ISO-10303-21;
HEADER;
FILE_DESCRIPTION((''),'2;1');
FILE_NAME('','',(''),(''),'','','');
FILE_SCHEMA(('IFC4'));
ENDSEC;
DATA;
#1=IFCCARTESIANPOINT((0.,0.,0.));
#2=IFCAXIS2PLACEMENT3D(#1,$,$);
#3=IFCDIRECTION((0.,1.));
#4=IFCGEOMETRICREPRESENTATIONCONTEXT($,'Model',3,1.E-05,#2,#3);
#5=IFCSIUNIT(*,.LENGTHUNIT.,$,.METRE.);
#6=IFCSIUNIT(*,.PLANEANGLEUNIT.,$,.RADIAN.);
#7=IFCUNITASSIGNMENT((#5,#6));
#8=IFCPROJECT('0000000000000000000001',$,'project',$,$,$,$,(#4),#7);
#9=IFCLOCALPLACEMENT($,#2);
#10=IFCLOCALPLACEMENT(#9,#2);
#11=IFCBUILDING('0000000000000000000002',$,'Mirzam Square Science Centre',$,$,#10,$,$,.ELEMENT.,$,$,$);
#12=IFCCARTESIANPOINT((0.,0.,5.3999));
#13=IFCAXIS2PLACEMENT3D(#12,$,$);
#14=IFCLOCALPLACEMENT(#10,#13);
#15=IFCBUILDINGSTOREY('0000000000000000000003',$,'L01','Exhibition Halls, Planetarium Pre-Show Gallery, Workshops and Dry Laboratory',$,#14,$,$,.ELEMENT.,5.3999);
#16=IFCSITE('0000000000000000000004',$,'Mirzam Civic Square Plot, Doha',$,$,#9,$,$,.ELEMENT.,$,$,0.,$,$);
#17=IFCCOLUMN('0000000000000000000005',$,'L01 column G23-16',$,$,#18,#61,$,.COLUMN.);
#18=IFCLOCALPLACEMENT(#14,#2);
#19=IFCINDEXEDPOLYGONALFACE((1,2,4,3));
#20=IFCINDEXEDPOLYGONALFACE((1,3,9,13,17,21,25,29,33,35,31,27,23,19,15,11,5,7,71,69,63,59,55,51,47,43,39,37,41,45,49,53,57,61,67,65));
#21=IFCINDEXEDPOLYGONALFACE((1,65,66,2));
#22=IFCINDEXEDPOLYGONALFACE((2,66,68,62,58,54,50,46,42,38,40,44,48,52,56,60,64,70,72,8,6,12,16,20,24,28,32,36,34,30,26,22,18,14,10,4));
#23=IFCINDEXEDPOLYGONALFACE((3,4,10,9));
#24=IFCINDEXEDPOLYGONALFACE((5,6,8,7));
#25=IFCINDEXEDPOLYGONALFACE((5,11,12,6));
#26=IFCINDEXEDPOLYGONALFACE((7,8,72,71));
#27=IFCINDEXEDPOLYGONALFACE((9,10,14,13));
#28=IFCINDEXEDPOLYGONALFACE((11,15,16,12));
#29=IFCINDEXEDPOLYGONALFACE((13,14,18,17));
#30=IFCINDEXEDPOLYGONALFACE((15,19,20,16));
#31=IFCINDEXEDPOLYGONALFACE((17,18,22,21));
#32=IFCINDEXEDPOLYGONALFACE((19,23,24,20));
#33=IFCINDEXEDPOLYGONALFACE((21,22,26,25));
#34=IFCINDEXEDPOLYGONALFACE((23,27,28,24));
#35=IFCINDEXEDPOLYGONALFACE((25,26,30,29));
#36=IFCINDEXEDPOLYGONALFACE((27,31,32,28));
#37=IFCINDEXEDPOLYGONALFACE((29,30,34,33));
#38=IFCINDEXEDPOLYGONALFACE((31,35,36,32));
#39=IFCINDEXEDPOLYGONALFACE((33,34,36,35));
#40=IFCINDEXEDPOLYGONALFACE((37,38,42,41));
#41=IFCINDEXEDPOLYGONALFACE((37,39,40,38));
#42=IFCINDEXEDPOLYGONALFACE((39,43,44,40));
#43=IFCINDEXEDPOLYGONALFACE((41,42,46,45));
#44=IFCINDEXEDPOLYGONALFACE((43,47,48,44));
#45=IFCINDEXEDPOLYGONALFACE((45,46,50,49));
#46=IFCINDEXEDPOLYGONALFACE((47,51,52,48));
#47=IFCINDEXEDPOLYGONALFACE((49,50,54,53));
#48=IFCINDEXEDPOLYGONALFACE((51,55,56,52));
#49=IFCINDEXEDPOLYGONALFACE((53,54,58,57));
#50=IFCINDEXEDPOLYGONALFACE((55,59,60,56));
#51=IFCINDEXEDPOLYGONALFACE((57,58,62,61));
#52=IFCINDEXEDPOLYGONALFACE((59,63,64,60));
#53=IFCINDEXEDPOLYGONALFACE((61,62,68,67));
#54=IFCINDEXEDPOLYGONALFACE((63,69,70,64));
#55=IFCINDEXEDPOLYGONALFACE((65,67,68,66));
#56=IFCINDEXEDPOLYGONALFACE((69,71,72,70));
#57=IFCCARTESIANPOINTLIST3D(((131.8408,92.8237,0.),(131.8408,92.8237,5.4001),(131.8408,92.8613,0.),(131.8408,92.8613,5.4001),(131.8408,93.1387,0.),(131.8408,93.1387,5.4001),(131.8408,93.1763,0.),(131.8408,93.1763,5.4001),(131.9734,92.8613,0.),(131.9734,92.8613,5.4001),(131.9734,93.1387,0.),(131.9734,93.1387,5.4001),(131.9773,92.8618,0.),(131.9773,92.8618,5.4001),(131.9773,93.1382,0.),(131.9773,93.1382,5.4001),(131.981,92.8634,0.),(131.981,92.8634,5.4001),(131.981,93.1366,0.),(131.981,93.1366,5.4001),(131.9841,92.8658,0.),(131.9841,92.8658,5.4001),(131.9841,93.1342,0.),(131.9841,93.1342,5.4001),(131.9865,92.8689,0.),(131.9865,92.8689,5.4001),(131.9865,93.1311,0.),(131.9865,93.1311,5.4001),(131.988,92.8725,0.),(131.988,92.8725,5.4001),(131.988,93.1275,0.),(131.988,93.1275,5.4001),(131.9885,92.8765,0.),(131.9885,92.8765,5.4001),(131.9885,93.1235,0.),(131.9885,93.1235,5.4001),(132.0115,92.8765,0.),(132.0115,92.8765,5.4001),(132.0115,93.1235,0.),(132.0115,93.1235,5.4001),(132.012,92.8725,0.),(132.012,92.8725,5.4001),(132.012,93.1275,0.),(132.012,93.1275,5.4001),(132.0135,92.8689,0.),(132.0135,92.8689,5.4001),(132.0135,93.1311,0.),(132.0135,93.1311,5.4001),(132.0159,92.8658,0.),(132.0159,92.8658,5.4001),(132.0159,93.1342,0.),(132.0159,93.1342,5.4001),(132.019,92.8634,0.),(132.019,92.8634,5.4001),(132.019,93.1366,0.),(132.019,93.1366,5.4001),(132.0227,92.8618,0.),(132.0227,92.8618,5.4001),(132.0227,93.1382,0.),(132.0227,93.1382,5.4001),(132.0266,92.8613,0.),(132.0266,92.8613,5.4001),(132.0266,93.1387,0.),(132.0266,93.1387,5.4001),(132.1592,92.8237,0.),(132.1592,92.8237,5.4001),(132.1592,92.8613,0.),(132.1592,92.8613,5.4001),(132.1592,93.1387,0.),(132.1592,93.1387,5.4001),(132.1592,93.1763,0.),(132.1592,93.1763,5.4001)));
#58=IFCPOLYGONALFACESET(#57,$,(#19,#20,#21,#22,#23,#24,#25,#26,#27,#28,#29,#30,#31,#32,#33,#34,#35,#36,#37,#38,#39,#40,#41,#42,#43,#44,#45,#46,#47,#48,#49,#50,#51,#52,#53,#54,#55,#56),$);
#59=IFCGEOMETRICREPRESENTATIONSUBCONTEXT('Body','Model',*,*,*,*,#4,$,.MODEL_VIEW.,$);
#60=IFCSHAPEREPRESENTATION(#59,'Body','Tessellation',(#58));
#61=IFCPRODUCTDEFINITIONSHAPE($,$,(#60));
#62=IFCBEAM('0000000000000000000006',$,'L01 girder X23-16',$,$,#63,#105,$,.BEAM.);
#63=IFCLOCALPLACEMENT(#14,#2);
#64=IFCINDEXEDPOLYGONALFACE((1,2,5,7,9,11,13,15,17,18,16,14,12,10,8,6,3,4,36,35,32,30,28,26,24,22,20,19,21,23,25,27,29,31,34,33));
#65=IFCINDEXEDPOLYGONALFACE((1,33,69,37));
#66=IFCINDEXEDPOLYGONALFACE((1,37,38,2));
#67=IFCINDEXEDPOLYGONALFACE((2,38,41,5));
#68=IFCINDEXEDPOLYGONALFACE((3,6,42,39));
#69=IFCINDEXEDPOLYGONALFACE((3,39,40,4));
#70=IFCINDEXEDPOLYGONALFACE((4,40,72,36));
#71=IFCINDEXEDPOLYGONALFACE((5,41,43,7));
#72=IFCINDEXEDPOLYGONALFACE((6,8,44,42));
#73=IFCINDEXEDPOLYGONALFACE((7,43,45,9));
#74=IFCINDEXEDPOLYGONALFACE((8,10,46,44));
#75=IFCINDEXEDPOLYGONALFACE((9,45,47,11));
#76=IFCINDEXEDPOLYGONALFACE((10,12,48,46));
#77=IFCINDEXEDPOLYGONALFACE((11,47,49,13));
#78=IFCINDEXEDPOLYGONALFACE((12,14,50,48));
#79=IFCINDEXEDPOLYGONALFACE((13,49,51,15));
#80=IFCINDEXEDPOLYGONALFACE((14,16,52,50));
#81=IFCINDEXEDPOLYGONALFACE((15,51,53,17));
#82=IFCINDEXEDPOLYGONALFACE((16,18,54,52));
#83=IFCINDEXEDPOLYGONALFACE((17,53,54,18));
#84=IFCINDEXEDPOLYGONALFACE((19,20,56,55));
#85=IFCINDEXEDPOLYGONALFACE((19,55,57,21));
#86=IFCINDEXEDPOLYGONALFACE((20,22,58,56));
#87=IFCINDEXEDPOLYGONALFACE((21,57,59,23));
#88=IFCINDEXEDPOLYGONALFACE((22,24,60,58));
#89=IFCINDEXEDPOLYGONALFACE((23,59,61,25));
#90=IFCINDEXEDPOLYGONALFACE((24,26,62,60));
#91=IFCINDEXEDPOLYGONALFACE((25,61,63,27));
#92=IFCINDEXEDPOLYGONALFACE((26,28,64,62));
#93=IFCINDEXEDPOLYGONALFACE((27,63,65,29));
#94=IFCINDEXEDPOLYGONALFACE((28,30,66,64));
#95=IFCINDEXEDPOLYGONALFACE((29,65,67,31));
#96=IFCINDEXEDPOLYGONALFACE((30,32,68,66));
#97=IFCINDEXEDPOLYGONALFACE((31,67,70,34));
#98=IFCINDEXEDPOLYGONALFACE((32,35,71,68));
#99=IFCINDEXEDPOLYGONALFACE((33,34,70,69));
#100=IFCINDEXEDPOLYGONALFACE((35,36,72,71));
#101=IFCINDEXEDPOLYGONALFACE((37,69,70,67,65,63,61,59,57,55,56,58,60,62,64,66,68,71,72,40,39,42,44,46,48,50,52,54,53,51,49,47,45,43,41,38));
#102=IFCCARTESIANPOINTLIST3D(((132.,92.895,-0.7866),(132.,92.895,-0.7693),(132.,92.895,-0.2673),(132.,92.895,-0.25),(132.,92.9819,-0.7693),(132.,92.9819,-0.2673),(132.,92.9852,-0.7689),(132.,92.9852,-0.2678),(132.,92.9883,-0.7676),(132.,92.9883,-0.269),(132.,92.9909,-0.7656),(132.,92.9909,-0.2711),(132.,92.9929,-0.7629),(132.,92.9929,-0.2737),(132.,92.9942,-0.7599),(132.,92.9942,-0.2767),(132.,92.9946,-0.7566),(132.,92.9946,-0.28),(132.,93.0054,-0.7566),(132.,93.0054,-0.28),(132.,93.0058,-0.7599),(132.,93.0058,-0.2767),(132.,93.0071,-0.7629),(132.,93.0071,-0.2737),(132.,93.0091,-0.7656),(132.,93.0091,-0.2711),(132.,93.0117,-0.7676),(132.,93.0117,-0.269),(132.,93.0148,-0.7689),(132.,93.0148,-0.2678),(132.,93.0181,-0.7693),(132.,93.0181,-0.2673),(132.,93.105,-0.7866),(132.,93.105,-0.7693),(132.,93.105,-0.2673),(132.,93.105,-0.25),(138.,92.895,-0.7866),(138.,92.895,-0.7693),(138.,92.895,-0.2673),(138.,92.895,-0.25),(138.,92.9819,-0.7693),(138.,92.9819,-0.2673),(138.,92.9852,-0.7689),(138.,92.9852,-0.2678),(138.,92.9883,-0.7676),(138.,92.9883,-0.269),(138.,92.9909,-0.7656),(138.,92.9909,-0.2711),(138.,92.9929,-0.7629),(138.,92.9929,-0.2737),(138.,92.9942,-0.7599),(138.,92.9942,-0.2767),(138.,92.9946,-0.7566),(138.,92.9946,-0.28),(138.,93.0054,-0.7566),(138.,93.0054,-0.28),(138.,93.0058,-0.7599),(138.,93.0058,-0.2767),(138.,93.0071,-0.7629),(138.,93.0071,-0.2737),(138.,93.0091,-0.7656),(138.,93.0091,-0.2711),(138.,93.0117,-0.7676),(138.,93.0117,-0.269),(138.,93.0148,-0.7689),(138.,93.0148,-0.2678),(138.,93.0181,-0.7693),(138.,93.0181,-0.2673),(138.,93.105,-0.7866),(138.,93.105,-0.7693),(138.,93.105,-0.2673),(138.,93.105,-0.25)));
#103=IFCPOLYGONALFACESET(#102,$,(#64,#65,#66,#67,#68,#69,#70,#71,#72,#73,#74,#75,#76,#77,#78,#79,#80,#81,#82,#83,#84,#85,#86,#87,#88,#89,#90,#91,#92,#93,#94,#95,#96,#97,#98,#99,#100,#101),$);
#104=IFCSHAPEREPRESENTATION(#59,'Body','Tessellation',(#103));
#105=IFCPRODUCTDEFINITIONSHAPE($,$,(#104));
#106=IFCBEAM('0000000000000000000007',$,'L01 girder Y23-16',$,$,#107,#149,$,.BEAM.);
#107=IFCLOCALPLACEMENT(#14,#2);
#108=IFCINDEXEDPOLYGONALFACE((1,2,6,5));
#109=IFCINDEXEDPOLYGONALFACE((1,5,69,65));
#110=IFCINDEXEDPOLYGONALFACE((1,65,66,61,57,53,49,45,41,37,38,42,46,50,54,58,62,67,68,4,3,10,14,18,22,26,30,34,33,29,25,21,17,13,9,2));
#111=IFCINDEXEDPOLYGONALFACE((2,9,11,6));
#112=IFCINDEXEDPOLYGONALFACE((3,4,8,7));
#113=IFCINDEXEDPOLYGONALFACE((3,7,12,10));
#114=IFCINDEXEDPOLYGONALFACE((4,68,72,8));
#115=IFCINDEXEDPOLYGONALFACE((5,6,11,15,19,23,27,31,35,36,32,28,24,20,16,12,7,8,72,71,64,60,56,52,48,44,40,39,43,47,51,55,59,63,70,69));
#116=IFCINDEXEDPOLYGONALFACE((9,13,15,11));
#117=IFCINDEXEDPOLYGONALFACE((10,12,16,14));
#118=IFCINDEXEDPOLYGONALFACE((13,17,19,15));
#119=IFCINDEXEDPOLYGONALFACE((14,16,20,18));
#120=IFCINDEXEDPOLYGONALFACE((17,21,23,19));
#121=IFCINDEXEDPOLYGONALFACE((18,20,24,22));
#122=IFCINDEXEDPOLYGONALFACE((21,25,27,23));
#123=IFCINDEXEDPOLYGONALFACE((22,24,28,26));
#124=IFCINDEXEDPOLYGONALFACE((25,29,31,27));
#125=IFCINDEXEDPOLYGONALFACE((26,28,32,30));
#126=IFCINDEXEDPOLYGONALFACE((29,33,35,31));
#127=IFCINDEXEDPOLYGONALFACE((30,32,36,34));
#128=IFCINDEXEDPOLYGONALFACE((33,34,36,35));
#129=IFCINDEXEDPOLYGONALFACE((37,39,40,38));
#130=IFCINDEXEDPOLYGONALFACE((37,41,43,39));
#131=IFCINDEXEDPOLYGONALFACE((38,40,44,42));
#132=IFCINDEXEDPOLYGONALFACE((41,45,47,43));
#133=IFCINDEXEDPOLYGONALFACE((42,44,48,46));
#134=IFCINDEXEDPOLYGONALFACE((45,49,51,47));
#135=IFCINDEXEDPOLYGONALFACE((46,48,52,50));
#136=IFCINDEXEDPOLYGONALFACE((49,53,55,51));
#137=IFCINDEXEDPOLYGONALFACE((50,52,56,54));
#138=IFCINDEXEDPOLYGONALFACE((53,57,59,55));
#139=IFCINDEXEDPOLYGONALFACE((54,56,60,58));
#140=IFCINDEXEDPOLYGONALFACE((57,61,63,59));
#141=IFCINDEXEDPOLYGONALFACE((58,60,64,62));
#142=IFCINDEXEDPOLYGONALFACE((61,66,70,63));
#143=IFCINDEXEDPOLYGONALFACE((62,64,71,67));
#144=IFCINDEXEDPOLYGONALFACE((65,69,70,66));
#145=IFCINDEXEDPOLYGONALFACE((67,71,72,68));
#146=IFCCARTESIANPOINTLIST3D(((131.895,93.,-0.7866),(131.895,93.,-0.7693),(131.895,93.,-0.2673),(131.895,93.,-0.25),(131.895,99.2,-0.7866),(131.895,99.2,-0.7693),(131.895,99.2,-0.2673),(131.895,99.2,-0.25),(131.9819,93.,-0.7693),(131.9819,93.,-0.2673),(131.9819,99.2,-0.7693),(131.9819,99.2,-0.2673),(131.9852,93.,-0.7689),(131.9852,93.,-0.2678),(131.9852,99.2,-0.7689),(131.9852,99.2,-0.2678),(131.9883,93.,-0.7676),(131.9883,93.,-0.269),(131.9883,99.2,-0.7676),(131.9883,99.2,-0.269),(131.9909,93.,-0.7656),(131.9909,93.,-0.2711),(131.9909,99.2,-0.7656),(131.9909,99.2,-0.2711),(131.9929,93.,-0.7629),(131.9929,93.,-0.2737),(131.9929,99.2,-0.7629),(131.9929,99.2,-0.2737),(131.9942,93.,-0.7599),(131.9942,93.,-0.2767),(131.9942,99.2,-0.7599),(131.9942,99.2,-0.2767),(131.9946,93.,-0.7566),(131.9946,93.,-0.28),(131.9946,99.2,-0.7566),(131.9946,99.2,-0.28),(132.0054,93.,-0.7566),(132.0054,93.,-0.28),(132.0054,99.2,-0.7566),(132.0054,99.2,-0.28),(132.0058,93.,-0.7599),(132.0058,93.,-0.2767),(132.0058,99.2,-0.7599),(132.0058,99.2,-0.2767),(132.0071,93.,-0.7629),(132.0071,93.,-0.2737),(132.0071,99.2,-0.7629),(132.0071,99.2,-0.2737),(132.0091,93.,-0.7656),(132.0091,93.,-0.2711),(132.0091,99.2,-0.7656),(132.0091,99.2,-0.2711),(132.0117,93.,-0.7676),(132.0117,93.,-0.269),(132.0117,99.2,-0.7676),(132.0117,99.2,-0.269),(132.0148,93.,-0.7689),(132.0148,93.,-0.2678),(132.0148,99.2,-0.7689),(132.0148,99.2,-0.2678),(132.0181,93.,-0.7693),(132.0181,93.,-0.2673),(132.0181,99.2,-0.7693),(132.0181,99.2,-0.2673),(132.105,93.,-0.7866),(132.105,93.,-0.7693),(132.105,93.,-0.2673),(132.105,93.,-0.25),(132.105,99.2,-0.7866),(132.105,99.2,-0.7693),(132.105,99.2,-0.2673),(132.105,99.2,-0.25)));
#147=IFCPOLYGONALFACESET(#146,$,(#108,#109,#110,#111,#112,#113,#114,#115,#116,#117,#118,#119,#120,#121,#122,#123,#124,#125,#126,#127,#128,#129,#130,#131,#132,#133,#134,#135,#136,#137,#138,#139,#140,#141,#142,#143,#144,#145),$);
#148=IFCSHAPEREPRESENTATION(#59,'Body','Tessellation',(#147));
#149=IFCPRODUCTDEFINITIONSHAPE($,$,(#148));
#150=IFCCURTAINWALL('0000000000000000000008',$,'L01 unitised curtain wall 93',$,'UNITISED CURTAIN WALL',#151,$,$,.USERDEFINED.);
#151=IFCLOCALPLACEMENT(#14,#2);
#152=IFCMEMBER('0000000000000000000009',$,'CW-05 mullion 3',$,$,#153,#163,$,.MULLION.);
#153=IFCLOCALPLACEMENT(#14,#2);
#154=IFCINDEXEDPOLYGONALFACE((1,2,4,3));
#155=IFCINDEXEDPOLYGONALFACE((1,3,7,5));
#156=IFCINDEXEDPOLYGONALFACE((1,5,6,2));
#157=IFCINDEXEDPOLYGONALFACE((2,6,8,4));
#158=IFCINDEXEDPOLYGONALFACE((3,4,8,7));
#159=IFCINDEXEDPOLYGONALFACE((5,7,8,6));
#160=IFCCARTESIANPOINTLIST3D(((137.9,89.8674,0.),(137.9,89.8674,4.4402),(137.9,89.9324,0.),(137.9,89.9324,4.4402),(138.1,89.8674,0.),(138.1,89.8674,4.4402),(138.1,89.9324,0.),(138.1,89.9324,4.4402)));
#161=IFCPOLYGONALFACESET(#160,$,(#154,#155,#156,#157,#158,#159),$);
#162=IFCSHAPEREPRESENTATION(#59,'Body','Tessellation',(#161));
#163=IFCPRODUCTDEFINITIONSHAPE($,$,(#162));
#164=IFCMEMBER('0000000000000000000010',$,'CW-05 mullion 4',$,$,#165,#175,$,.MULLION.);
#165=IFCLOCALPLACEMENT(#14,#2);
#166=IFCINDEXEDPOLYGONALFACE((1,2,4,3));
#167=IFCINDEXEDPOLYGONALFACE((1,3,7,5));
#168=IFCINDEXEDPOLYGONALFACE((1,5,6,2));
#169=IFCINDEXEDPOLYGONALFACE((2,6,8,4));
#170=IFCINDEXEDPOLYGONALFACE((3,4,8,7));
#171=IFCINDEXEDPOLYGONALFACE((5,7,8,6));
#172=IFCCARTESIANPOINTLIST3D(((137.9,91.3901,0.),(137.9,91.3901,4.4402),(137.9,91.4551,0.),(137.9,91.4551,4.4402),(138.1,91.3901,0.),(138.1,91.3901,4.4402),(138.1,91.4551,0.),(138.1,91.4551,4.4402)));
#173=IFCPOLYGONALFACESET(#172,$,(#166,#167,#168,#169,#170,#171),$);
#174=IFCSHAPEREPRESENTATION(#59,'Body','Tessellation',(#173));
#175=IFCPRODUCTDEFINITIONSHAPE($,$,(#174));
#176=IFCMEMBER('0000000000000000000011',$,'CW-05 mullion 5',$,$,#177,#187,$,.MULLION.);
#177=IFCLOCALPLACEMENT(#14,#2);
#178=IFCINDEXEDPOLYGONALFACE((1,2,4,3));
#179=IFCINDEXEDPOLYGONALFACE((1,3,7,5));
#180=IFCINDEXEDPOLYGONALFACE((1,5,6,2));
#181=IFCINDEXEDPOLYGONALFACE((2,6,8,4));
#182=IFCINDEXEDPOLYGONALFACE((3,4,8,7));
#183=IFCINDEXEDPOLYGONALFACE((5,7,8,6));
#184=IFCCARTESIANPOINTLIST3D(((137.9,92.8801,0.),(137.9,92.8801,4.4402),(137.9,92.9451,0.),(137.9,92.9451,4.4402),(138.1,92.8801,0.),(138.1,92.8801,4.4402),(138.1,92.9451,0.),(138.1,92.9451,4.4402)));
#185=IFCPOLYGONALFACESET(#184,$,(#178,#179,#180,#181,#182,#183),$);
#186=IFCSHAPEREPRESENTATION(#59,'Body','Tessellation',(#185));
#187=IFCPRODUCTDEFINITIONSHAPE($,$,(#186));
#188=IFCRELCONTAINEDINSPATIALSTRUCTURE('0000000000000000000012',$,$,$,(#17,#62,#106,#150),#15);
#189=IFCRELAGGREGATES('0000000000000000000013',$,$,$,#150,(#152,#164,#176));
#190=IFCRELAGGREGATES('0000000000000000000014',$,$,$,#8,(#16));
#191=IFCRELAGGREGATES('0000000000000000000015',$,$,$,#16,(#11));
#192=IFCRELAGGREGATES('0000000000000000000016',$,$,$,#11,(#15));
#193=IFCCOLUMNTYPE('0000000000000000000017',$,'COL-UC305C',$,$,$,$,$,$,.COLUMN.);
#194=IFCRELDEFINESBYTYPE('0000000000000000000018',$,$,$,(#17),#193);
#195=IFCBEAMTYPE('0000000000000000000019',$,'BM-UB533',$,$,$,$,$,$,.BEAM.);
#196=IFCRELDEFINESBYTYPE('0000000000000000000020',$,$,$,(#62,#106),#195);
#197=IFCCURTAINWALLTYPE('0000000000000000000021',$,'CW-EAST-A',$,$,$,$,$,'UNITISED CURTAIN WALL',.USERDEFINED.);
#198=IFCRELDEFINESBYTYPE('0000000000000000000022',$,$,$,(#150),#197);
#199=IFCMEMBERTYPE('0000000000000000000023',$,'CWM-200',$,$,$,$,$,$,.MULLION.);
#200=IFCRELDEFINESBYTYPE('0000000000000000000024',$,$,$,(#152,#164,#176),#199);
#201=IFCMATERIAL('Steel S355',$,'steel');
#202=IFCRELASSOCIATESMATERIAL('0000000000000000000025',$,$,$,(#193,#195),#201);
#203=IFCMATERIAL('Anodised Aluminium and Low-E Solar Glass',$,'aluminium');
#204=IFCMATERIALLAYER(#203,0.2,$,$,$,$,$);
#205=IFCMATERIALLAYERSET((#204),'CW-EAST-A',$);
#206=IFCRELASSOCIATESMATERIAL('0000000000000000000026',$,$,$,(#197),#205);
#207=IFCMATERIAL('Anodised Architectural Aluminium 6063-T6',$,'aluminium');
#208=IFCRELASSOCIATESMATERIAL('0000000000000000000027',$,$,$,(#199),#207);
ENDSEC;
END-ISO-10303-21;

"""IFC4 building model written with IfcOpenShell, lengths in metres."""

from ifc_helpers import new_model, si_unit, direction, frame, origin, origin_2d, place, context, subcontext, project, spatial, rectangle, i_section, extrude, material, layer, layer_set, material_profile, profile_set, type_object, element, aggregate, save


model = new_model("IFC4")

# Units and contexts
model_context = context("Model", 3, precision=1e-05, world=origin(), true_north=direction((0.0, 1.0)))
body_context = subcontext(model_context, "Body", "Model", "MODEL_VIEW")
ifc_project = project(units=[si_unit("LENGTHUNIT", "METRE"), si_unit("PLANEANGLEUNIT", "RADIAN")], contexts=[model_context])

# Site, building, storey
site_placement = place(None, origin())
site = spatial("IfcSite", under=ifc_project, at=site_placement, Name="Mirzam Civic Square Plot, Doha", CompositionType="ELEMENT", RefElevation=0.0)
building_placement = place(site_placement, origin())
building = spatial("IfcBuilding", under=site, at=building_placement, Name="Mirzam Square Science Centre", CompositionType="ELEMENT")
storey_placement = place(building_placement, frame((0.0, 0.0, 5.3999)))
storey = spatial("IfcBuildingStorey", under=building, at=storey_placement, Name="L01", Description="Exhibition Halls, Planetarium Pre-Show Gallery, Workshops and Dry Laboratory", CompositionType="ELEMENT", Elevation=5.3999)

# Column
ifc_material_1 = material(Name="Steel S355", Category="steel")
ifc_material_profile_1 = material_profile(ifc_material_1, i_section(OverallWidth=0.3184, OverallDepth=0.3525, WebThickness=0.0229, FlangeThickness=0.0376, FilletRadius=0.0151, at=origin_2d()), Name="305x305x240UC")
ifc_profile_set_1 = profile_set([ifc_material_profile_1], Name="Steel S355")
column_type = type_object("IfcColumnType", Name="COL-UC305C", PredefinedType="COLUMN", material=ifc_profile_set_1)
column_placement = place(storey_placement, frame((132.0, 93.0, 0.0), z_axis=(0.0, 0.0, 1.0), x_axis=(1.0, 0.0, 0.0)))
element("IfcColumn", 1, at=column_placement, inside=storey, type_object=column_type, Name="L01 column G23-16", PredefinedType="COLUMN", context=body_context, shape_type="SweptSolid", body=[
    extrude(i_section(OverallWidth=0.3184, OverallDepth=0.3525, WebThickness=0.0229, FlangeThickness=0.0376, FilletRadius=0.0151, at=origin_2d()), origin(), (0.0, 0.0, 1.0), 5.4001),
])

# Beams
ifc_material_profile_2 = material_profile(ifc_material_1, i_section(OverallWidth=0.21, OverallDepth=0.5366, WebThickness=0.0107, FlangeThickness=0.0173, FilletRadius=0.0127, at=origin_2d()), Name="533x210x101UB")
ifc_profile_set_2 = profile_set([ifc_material_profile_2], Name="Steel S355")
beam_type_1 = type_object("IfcBeamType", Name="BM-UB533", PredefinedType="BEAM", material=ifc_profile_set_2)
beam_1_placement = place(storey_placement, frame((132.0, 93.0, -0.5183), z_axis=(1.0, 0.0, 0.0), x_axis=(0.0, 1.0, 0.0)))
element("IfcBeam", 2, at=beam_1_placement, inside=storey, type_object=beam_type_1, Name="L01 girder X23-16", PredefinedType="BEAM", context=body_context, shape_type="SweptSolid", body=[
    extrude(i_section(OverallWidth=0.21, OverallDepth=0.5366, WebThickness=0.0107, FlangeThickness=0.0173, FilletRadius=0.0127, at=origin_2d()), origin(), (0.0, 0.0, 1.0), 6.0),
])
beam_2_placement = place(storey_placement, frame((132.0, 93.0, -0.5183), z_axis=(0.0, 1.0, 0.0), x_axis=(-1.0, 0.0, 0.0)))
element("IfcBeam", 3, at=beam_2_placement, inside=storey, type_object=beam_type_1, Name="L01 girder Y23-16", PredefinedType="BEAM", context=body_context, shape_type="SweptSolid", body=[
    extrude(i_section(OverallWidth=0.21, OverallDepth=0.5366, WebThickness=0.0107, FlangeThickness=0.0173, FilletRadius=0.0127, at=origin_2d()), origin(), (0.0, 0.0, 1.0), 6.2),
])

# Curtain wall, members
ifc_material_2 = material(Name="Anodised Aluminium and Low-E Solar Glass", Category="aluminium")
ifc_layer_1 = layer(ifc_material_2, 0.2)
ifc_layer_set_1 = layer_set([ifc_layer_1], Name="CW-EAST-A")
curtain_wall_type = type_object("IfcCurtainWallType", Name="CW-EAST-A", ElementType="UNITISED CURTAIN WALL", PredefinedType="USERDEFINED", material=ifc_layer_set_1)
curtain_wall_placement = place(storey_placement, origin())
curtain_wall = element("IfcCurtainWall", 4, at=curtain_wall_placement, inside=storey, type_object=curtain_wall_type, Name="L01 unitised curtain wall 93", ObjectType="UNITISED CURTAIN WALL", PredefinedType="USERDEFINED")
ifc_material_3 = material(Name="Anodised Architectural Aluminium 6063-T6", Category="aluminium")
ifc_material_profile_3 = material_profile(ifc_material_3, rectangle(XDim=0.0649, YDim=0.2, at=origin_2d()), Name="ALU-MULL-200x65x5")
ifc_profile_set_3 = profile_set([ifc_material_profile_3], Name="Anodised Architectural Aluminium 6063-T6")
member_type_1 = type_object("IfcMemberType", Name="CWM-200", PredefinedType="MULLION", material=ifc_profile_set_3)
member_1_placement = place(storey_placement, frame((138.0, 89.8999, 0.0), z_axis=(0.0, 0.0, 1.0), x_axis=(0.0, 1.0, 0.0)))
member_1 = element("IfcMember", 5, at=member_1_placement, type_object=member_type_1, Name="CW-05 mullion 3", PredefinedType="MULLION", context=body_context, shape_type="SweptSolid", body=[
    extrude(rectangle(XDim=0.0649, YDim=0.2, at=origin_2d()), origin(), (0.0, 0.0, 1.0), 4.4402),
])
member_2_placement = place(storey_placement, frame((138.0, 91.4226, 0.0), z_axis=(0.0, 0.0, 1.0), x_axis=(0.0, 1.0, 0.0)))
member_2 = element("IfcMember", 6, at=member_2_placement, type_object=member_type_1, Name="CW-05 mullion 4", PredefinedType="MULLION", context=body_context, shape_type="SweptSolid", body=[
    extrude(rectangle(XDim=0.0649, YDim=0.2, at=origin_2d()), origin(), (0.0, 0.0, 1.0), 4.4402),
])
member_3_placement = place(storey_placement, frame((138.0, 92.9126, 0.0), z_axis=(0.0, 0.0, 1.0), x_axis=(0.0, 1.0, 0.0)))
member_3 = element("IfcMember", 7, at=member_3_placement, type_object=member_type_1, Name="CW-05 mullion 5", PredefinedType="MULLION", context=body_context, shape_type="SweptSolid", body=[
    extrude(rectangle(XDim=0.0649, YDim=0.2, at=origin_2d()), origin(), (0.0, 0.0, 1.0), 4.4402),
])

aggregate(curtain_wall, [member_1, member_2, member_3])

save(model, "model.ifc")
